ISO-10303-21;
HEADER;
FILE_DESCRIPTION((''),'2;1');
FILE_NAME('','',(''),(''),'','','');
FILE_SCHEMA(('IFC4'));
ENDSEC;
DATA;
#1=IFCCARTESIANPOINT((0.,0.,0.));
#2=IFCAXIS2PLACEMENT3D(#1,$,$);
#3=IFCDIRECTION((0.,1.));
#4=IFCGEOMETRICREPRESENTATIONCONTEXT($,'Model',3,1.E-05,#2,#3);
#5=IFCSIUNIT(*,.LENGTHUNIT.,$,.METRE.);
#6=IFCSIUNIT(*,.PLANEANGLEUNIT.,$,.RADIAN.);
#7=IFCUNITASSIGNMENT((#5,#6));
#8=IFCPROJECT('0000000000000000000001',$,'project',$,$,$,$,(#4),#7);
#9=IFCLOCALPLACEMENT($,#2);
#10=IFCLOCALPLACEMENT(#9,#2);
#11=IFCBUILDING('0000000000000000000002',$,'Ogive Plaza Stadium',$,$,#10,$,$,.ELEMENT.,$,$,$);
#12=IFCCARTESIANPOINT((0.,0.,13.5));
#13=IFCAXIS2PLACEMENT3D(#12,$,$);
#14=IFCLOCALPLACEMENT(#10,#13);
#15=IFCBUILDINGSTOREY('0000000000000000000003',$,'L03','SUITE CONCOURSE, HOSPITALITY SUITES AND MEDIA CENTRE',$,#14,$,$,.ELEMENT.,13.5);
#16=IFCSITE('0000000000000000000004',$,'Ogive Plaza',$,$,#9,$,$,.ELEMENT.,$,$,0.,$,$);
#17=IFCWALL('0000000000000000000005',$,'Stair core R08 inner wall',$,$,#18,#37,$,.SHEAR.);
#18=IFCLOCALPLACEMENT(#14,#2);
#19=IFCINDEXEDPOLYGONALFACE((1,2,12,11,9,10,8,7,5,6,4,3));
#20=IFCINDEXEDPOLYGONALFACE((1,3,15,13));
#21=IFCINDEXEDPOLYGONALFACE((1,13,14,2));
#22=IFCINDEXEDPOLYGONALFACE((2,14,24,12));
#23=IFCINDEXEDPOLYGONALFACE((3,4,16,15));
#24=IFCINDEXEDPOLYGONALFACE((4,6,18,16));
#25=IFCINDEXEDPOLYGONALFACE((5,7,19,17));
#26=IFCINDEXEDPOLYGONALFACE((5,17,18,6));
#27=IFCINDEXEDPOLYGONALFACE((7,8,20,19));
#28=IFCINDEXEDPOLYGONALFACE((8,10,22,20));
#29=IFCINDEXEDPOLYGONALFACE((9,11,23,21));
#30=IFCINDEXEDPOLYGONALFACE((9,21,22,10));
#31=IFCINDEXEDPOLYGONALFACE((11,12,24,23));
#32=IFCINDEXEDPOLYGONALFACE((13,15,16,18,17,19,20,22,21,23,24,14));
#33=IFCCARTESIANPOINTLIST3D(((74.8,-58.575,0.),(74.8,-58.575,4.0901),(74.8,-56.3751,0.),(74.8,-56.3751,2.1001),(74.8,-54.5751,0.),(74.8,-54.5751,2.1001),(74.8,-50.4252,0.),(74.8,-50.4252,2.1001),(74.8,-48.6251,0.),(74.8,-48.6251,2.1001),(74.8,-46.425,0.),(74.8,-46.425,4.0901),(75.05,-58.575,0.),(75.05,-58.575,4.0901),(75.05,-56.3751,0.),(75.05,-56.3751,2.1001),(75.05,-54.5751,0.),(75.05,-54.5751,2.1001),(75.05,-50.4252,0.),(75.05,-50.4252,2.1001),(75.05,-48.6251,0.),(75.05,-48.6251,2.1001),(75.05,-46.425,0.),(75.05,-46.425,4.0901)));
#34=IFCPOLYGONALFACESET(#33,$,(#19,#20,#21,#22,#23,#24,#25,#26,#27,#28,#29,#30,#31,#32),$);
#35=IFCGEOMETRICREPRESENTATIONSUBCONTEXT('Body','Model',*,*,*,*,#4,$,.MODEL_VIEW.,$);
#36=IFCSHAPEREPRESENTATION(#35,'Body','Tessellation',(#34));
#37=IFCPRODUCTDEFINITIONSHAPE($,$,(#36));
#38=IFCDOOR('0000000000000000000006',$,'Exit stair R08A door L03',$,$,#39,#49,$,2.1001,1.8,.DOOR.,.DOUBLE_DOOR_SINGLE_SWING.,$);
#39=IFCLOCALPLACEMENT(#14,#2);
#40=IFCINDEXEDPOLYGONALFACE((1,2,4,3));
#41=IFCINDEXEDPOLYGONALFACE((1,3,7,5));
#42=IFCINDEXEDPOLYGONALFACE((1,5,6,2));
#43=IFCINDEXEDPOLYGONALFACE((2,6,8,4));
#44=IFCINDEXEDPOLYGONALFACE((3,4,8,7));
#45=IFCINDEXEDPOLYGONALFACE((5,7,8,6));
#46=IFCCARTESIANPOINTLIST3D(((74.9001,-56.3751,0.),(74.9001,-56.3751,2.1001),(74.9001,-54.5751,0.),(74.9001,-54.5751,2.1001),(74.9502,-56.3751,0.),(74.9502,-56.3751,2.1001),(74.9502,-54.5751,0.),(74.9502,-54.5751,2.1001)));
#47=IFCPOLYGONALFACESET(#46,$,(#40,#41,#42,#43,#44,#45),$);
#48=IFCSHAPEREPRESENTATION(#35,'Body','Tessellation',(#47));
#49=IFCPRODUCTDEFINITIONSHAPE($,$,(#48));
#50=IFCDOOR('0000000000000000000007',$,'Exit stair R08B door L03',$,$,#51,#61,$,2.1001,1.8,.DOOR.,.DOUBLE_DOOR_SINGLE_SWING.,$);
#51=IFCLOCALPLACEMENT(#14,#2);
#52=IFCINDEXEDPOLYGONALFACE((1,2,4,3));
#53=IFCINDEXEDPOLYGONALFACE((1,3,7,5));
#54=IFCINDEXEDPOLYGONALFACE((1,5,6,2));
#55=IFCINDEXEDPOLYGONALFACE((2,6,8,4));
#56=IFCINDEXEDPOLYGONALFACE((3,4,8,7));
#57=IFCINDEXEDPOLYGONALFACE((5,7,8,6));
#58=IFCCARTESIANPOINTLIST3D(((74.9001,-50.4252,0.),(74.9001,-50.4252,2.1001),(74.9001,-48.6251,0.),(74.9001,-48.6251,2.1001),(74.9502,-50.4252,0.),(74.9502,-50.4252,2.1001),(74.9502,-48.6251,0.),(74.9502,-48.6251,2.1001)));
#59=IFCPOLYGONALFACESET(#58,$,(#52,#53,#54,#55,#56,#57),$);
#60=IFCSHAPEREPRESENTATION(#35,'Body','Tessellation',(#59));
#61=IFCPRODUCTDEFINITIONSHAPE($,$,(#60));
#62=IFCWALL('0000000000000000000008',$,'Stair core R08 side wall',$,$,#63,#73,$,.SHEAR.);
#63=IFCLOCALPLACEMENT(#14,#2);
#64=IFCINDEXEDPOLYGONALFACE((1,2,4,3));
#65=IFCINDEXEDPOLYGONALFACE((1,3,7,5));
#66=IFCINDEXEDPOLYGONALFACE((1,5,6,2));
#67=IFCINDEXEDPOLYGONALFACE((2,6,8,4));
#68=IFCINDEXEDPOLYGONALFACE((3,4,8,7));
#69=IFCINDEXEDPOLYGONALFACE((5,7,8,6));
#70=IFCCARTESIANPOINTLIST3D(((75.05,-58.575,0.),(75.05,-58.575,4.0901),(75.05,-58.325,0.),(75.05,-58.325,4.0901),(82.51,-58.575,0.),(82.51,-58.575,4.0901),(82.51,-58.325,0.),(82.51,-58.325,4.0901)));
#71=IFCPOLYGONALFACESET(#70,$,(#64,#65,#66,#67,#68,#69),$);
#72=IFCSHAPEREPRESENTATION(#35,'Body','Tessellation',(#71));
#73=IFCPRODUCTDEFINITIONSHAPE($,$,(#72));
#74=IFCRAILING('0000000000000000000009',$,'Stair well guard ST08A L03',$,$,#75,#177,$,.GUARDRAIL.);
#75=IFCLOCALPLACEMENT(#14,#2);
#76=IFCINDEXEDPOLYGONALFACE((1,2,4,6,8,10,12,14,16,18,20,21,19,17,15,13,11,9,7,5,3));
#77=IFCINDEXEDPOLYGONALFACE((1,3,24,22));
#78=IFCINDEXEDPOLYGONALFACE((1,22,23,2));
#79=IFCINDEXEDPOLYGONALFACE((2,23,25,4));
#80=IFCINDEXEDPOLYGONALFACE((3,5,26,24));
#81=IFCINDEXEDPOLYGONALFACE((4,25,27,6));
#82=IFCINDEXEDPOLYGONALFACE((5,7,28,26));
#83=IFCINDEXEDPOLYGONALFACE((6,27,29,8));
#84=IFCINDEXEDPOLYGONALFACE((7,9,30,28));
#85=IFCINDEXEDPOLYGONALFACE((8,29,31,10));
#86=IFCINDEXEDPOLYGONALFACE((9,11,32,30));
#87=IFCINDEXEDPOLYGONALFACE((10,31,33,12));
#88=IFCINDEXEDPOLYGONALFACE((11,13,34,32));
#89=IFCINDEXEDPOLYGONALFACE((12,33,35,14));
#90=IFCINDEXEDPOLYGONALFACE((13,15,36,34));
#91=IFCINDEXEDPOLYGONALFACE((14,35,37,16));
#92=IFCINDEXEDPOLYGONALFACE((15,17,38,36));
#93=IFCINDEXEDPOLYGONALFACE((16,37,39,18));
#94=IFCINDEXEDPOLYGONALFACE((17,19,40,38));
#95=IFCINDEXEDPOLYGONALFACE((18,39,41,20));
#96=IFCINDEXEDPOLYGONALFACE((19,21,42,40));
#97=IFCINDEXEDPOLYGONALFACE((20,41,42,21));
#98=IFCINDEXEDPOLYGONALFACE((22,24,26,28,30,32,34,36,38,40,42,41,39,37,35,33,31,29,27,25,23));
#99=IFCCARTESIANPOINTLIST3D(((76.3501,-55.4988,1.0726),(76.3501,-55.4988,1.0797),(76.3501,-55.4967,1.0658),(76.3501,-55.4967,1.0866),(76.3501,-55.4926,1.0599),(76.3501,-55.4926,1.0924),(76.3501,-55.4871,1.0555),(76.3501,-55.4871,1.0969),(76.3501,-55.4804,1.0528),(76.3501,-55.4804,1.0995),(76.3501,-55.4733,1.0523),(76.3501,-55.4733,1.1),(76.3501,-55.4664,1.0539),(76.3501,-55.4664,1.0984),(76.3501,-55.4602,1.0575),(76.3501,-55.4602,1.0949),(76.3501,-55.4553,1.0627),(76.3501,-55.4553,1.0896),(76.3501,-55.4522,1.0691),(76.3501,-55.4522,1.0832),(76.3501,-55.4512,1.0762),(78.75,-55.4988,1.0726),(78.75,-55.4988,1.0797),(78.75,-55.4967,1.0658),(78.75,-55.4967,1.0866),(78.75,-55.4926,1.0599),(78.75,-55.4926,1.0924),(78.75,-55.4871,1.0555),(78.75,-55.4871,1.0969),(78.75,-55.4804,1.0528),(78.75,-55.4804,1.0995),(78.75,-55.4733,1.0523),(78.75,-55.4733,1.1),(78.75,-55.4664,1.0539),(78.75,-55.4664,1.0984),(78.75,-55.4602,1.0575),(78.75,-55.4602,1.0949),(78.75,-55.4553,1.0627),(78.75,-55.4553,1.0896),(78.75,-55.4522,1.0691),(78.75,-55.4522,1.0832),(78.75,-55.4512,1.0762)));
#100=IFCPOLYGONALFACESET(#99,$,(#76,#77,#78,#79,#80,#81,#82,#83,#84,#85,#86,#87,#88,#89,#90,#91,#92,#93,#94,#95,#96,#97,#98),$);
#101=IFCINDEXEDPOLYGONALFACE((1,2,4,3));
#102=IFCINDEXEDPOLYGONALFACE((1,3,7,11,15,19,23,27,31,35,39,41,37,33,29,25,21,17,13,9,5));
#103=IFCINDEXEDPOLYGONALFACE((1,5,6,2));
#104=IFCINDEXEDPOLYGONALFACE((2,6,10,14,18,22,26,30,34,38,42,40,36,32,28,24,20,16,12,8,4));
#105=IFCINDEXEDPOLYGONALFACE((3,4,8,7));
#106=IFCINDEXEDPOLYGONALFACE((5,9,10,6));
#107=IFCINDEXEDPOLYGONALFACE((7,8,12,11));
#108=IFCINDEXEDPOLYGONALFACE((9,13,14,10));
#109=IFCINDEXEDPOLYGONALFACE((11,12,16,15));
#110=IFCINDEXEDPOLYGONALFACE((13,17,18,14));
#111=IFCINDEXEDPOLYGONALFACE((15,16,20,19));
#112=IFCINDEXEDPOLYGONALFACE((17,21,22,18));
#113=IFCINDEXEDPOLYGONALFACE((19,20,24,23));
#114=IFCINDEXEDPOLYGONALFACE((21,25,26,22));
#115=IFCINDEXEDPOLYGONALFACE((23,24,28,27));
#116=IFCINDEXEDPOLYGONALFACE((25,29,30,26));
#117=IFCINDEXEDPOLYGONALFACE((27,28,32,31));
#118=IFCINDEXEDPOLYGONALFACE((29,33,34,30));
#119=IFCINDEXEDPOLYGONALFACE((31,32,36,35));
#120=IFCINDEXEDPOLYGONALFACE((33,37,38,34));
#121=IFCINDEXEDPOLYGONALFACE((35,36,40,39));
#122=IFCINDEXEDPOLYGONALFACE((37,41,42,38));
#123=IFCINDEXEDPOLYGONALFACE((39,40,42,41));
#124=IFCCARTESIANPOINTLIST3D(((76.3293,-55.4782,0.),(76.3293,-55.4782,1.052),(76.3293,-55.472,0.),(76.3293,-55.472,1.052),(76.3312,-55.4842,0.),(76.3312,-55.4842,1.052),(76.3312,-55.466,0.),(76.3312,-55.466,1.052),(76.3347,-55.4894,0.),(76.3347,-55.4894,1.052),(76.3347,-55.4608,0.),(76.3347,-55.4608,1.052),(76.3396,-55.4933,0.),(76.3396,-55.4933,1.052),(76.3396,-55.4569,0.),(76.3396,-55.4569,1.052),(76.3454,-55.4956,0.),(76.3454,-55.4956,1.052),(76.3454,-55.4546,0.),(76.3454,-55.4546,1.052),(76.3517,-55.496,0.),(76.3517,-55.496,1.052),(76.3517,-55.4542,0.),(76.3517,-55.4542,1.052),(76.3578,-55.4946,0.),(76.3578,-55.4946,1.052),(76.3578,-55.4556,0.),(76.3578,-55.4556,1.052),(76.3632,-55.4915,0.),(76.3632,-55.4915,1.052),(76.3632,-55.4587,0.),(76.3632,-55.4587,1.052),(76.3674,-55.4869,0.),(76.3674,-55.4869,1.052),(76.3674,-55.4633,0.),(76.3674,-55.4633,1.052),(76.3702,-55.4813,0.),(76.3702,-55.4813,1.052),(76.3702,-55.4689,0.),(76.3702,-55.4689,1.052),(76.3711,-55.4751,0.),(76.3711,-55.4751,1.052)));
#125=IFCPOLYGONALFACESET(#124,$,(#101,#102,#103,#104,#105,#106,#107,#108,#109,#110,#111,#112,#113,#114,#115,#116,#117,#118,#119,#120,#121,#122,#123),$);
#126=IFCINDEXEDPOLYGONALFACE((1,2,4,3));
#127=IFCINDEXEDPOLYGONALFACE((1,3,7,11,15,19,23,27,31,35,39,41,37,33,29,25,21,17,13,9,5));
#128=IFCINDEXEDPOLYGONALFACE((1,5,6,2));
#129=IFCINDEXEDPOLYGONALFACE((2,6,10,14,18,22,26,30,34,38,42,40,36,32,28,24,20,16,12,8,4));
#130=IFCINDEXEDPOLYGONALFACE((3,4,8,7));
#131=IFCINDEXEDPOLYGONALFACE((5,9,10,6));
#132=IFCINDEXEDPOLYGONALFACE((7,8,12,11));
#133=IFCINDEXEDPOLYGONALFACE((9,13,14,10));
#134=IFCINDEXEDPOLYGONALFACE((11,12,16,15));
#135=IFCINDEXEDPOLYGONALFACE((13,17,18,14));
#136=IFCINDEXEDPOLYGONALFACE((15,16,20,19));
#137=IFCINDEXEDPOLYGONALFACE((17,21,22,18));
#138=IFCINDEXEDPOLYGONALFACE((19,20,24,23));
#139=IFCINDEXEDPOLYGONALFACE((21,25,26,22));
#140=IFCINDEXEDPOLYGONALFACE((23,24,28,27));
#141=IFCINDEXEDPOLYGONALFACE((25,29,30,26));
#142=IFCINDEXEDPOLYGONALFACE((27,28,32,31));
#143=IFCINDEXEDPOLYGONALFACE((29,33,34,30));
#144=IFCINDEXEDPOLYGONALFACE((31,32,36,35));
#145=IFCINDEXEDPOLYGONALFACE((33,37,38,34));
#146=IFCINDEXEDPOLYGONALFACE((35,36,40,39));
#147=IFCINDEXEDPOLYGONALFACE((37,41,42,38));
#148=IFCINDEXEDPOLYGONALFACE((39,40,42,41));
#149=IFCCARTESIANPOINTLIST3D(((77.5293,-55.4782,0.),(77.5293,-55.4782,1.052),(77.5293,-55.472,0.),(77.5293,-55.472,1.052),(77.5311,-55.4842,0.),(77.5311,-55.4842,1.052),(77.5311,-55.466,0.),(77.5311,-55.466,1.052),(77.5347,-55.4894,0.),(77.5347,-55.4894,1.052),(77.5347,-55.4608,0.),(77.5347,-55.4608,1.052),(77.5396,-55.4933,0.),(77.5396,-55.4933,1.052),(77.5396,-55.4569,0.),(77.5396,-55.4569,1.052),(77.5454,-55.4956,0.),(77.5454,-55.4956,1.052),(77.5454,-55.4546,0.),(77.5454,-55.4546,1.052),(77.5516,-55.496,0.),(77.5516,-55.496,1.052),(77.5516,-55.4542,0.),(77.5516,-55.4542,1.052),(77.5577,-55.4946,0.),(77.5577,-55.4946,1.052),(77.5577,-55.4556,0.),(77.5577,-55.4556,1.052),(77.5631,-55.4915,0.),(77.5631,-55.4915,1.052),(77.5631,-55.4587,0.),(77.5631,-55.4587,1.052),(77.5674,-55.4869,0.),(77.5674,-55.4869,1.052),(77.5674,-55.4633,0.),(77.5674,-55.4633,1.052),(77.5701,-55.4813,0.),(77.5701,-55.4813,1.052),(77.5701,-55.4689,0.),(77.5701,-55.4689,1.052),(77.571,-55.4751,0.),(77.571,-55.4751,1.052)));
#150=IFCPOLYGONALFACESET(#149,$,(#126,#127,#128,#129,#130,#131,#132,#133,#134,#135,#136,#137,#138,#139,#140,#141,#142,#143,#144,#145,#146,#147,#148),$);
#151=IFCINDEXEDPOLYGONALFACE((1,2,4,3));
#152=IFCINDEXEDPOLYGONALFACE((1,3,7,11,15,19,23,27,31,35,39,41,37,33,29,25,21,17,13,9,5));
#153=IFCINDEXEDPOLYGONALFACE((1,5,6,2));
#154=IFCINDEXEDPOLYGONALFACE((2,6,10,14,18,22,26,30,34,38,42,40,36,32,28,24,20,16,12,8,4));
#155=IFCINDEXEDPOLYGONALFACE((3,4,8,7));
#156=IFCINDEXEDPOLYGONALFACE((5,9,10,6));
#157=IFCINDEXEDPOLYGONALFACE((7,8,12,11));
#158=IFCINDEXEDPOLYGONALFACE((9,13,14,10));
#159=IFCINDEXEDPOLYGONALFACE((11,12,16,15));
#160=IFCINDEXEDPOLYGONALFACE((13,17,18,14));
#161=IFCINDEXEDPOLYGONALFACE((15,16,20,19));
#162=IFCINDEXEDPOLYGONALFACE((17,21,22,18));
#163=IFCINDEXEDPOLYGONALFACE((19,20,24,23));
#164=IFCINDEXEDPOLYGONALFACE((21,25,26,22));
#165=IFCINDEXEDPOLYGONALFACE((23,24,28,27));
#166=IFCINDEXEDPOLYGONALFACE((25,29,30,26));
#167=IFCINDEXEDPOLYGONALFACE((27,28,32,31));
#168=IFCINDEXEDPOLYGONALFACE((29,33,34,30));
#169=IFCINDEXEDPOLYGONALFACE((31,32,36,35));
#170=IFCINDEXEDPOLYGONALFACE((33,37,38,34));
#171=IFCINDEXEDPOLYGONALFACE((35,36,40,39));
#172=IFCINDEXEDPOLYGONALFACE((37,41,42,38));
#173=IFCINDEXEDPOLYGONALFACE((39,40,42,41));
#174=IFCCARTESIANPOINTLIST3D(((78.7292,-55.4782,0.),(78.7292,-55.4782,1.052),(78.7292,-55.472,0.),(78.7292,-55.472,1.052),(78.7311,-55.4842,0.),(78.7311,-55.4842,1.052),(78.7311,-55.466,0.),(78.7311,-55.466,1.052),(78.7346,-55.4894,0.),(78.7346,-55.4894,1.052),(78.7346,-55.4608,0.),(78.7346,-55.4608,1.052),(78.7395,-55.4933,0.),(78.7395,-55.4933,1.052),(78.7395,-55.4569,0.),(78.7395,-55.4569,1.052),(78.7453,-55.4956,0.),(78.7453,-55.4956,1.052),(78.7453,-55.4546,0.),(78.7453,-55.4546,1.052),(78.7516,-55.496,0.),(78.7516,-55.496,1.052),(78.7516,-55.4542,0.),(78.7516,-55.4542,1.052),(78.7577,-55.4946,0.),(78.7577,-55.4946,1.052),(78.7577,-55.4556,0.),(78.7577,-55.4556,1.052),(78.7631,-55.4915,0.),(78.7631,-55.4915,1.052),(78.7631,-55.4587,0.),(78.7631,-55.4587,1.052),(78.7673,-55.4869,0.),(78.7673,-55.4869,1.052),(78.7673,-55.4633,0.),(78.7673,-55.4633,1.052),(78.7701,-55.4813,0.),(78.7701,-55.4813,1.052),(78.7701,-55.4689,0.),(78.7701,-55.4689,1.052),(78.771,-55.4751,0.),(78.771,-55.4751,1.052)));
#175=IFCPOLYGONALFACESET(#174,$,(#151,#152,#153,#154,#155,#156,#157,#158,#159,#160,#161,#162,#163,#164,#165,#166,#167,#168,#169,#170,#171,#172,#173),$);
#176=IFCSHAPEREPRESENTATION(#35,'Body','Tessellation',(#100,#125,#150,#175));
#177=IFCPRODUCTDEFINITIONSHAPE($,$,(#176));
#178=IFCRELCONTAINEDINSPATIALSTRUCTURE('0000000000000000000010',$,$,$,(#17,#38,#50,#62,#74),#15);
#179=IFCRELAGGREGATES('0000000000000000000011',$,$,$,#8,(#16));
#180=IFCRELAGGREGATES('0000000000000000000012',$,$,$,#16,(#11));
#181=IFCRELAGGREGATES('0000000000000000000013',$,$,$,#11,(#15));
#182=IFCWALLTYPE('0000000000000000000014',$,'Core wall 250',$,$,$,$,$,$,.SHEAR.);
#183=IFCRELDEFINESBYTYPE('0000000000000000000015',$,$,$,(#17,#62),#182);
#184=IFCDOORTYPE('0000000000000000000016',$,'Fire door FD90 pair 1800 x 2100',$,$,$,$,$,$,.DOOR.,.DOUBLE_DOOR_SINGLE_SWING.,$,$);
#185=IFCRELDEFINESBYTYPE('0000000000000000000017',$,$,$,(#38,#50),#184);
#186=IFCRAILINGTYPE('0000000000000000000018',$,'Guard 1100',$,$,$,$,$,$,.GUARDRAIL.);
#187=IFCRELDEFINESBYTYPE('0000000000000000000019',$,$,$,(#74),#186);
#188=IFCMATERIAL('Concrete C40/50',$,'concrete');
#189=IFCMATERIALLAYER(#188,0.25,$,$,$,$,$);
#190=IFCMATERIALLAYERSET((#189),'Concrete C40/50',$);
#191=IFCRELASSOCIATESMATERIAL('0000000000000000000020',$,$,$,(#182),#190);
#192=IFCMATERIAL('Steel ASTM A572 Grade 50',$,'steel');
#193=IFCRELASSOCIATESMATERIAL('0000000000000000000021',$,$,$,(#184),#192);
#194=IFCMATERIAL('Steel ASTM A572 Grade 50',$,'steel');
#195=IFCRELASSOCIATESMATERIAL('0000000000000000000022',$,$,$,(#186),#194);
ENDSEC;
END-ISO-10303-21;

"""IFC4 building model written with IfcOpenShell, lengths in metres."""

from ifc_helpers import new_model, si_unit, direction, frame, frame_2d, origin, origin_2d, place, context, subcontext, project, spatial, rectangle, circle, extrude, material, layer, layer_set, type_object, element, fill, save


model = new_model("IFC4")

# Units and contexts
model_context = context("Model", 3, precision=1e-05, world=origin(), true_north=direction((0.0, 1.0)))
body_context = subcontext(model_context, "Body", "Model", "MODEL_VIEW")
ifc_project = project(units=[si_unit("LENGTHUNIT", "METRE"), si_unit("PLANEANGLEUNIT", "RADIAN")], contexts=[model_context])

# Site, building, storey
site_placement = place(None, origin())
site = spatial("IfcSite", under=ifc_project, at=site_placement, Name="Ogive Plaza", CompositionType="ELEMENT", RefElevation=0.0)
building_placement = place(site_placement, origin())
building = spatial("IfcBuilding", under=site, at=building_placement, Name="Ogive Plaza Stadium", CompositionType="ELEMENT")
storey_placement = place(building_placement, frame((0.0, 0.0, 13.5)))
storey = spatial("IfcBuildingStorey", under=building, at=storey_placement, Name="L03", Description="SUITE CONCOURSE, HOSPITALITY SUITES AND MEDIA CENTRE", CompositionType="ELEMENT", Elevation=13.5)

# Wall, openings, doors
ifc_material_1 = material(Name="Concrete C40/50", Category="concrete")
ifc_layer_1 = layer(ifc_material_1, 0.25)
ifc_layer_set_1 = layer_set([ifc_layer_1], Name="Concrete C40/50")
wall_type_1 = type_object("IfcWallType", Name="Core wall 250", PredefinedType="SHEAR", material=ifc_layer_set_1)
wall_1_placement = place(storey_placement, frame((74.925, -58.575, 0.0), z_axis=(0.0, 0.0, 1.0), x_axis=(0.0, 1.0, 0.0)))
wall_1 = element("IfcWall", 1, at=wall_1_placement, inside=storey, type_object=wall_type_1, Name="Stair core R08 inner wall", PredefinedType="SHEAR", context=body_context, shape_type="SweptSolid", body=[
    extrude(rectangle(XDim=12.1499, YDim=0.25, at=frame_2d((6.075, 0.0))), origin(), (0.0, 0.0, 1.0), 4.0901),
])
opening_1_placement = place(wall_1_placement, frame((2.2, 0.0, 0.0)))
opening_1 = element("IfcOpeningElement", 2, at=opening_1_placement, cuts=wall_1, PredefinedType="OPENING", context=body_context, shape_type="SweptSolid", body=[
    extrude(rectangle(XDim=1.8, YDim=2.1001, at=frame_2d((0.8999, 1.05))), frame((0.0, 0.125, 0.0), z_axis=(0.0, -1.0, 0.0), x_axis=(1.0, 0.0, 0.0)), (0.0, 0.0, 1.0), 0.25),
])
opening_2_placement = place(wall_1_placement, frame((8.1499, 0.0, 0.0)))
opening_2 = element("IfcOpeningElement", 3, at=opening_2_placement, cuts=wall_1, PredefinedType="OPENING", context=body_context, shape_type="SweptSolid", body=[
    extrude(rectangle(XDim=1.8, YDim=2.1001, at=frame_2d((0.8999, 1.05))), frame((0.0, 0.125, 0.0), z_axis=(0.0, -1.0, 0.0), x_axis=(1.0, 0.0, 0.0)), (0.0, 0.0, 1.0), 0.25),
])
ifc_material_2 = material(Name="Steel ASTM A572 Grade 50", Category="steel")
door_type_1 = type_object("IfcDoorType", Name="Fire door FD90 pair 1800 x 2100", OperationType="DOUBLE_DOOR_SINGLE_SWING", PredefinedType="DOOR", material=ifc_material_2)
door_1_placement = place(opening_1_placement, origin())
door_1 = element("IfcDoor", 4, at=door_1_placement, inside=storey, type_object=door_type_1, Name="Exit stair R08A door L03", OperationType="DOUBLE_DOOR_SINGLE_SWING", OverallHeight=2.1001, OverallWidth=1.8, PredefinedType="DOOR", context=body_context, shape_type="SweptSolid", body=[
    extrude(rectangle(XDim=1.8, YDim=2.1001, at=frame_2d((0.8999, 1.05))), frame((0.0, 0.0249, 0.0), z_axis=(0.0, -1.0, 0.0), x_axis=(1.0, 0.0, 0.0)), (0.0, 0.0, 1.0), 0.05),
])
fill(opening_1, door_1)
door_2_placement = place(opening_2_placement, origin())
door_2 = element("IfcDoor", 5, at=door_2_placement, inside=storey, type_object=door_type_1, Name="Exit stair R08B door L03", OperationType="DOUBLE_DOOR_SINGLE_SWING", OverallHeight=2.1001, OverallWidth=1.8, PredefinedType="DOOR", context=body_context, shape_type="SweptSolid", body=[
    extrude(rectangle(XDim=1.8, YDim=2.1001, at=frame_2d((0.8999, 1.05))), frame((0.0, 0.0249, 0.0), z_axis=(0.0, -1.0, 0.0), x_axis=(1.0, 0.0, 0.0)), (0.0, 0.0, 1.0), 0.05),
])
fill(opening_2, door_2)

# Wall
wall_2_placement = place(storey_placement, frame((75.05, -58.45, 0.0), z_axis=(0.0, 0.0, 1.0), x_axis=(1.0, 0.0, 0.0)))
element("IfcWall", 6, at=wall_2_placement, inside=storey, type_object=wall_type_1, Name="Stair core R08 side wall", PredefinedType="SHEAR", context=body_context, shape_type="SweptSolid", body=[
    extrude(rectangle(XDim=7.46, YDim=0.25, at=frame_2d((3.73, 0.0))), origin(), (0.0, 0.0, 1.0), 4.0901),
])

# Railing
ifc_material_3 = material(Name="Steel ASTM A572 Grade 50", Category="steel")
railing_type_1 = type_object("IfcRailingType", Name="Guard 1100", PredefinedType="GUARDRAIL", material=ifc_material_3)
for number, where, name in (
    (7, (76.3501, -55.4751, 0.0), "Stair well guard ST08A L03"),
):
    element("IfcRailing", number, at=place(storey_placement, frame(where)), inside=storey, type_object=railing_type_1, Name=name, PredefinedType="GUARDRAIL", context=body_context, shape_type="SweptSolid", body=[
        extrude(circle(Radius=0.0239, at=origin_2d()), frame((0.0, 0.0, 1.0762), z_axis=(1.0, 0.0, 0.0), x_axis=(0.0, 1.0, 0.0)), (0.0, 0.0, 1.0), 2.3999),
        extrude(circle(Radius=0.021, at=origin_2d()), origin(), (0.0, 0.0, 1.0), 1.052),
        extrude(circle(Radius=0.021, at=origin_2d()), frame((1.2, 0.0, 0.0)), (0.0, 0.0, 1.0), 1.052),
        extrude(circle(Radius=0.021, at=origin_2d()), frame((2.3999, 0.0, 0.0)), (0.0, 0.0, 1.0), 1.052),
    ])

save(model, "model.ifc")
